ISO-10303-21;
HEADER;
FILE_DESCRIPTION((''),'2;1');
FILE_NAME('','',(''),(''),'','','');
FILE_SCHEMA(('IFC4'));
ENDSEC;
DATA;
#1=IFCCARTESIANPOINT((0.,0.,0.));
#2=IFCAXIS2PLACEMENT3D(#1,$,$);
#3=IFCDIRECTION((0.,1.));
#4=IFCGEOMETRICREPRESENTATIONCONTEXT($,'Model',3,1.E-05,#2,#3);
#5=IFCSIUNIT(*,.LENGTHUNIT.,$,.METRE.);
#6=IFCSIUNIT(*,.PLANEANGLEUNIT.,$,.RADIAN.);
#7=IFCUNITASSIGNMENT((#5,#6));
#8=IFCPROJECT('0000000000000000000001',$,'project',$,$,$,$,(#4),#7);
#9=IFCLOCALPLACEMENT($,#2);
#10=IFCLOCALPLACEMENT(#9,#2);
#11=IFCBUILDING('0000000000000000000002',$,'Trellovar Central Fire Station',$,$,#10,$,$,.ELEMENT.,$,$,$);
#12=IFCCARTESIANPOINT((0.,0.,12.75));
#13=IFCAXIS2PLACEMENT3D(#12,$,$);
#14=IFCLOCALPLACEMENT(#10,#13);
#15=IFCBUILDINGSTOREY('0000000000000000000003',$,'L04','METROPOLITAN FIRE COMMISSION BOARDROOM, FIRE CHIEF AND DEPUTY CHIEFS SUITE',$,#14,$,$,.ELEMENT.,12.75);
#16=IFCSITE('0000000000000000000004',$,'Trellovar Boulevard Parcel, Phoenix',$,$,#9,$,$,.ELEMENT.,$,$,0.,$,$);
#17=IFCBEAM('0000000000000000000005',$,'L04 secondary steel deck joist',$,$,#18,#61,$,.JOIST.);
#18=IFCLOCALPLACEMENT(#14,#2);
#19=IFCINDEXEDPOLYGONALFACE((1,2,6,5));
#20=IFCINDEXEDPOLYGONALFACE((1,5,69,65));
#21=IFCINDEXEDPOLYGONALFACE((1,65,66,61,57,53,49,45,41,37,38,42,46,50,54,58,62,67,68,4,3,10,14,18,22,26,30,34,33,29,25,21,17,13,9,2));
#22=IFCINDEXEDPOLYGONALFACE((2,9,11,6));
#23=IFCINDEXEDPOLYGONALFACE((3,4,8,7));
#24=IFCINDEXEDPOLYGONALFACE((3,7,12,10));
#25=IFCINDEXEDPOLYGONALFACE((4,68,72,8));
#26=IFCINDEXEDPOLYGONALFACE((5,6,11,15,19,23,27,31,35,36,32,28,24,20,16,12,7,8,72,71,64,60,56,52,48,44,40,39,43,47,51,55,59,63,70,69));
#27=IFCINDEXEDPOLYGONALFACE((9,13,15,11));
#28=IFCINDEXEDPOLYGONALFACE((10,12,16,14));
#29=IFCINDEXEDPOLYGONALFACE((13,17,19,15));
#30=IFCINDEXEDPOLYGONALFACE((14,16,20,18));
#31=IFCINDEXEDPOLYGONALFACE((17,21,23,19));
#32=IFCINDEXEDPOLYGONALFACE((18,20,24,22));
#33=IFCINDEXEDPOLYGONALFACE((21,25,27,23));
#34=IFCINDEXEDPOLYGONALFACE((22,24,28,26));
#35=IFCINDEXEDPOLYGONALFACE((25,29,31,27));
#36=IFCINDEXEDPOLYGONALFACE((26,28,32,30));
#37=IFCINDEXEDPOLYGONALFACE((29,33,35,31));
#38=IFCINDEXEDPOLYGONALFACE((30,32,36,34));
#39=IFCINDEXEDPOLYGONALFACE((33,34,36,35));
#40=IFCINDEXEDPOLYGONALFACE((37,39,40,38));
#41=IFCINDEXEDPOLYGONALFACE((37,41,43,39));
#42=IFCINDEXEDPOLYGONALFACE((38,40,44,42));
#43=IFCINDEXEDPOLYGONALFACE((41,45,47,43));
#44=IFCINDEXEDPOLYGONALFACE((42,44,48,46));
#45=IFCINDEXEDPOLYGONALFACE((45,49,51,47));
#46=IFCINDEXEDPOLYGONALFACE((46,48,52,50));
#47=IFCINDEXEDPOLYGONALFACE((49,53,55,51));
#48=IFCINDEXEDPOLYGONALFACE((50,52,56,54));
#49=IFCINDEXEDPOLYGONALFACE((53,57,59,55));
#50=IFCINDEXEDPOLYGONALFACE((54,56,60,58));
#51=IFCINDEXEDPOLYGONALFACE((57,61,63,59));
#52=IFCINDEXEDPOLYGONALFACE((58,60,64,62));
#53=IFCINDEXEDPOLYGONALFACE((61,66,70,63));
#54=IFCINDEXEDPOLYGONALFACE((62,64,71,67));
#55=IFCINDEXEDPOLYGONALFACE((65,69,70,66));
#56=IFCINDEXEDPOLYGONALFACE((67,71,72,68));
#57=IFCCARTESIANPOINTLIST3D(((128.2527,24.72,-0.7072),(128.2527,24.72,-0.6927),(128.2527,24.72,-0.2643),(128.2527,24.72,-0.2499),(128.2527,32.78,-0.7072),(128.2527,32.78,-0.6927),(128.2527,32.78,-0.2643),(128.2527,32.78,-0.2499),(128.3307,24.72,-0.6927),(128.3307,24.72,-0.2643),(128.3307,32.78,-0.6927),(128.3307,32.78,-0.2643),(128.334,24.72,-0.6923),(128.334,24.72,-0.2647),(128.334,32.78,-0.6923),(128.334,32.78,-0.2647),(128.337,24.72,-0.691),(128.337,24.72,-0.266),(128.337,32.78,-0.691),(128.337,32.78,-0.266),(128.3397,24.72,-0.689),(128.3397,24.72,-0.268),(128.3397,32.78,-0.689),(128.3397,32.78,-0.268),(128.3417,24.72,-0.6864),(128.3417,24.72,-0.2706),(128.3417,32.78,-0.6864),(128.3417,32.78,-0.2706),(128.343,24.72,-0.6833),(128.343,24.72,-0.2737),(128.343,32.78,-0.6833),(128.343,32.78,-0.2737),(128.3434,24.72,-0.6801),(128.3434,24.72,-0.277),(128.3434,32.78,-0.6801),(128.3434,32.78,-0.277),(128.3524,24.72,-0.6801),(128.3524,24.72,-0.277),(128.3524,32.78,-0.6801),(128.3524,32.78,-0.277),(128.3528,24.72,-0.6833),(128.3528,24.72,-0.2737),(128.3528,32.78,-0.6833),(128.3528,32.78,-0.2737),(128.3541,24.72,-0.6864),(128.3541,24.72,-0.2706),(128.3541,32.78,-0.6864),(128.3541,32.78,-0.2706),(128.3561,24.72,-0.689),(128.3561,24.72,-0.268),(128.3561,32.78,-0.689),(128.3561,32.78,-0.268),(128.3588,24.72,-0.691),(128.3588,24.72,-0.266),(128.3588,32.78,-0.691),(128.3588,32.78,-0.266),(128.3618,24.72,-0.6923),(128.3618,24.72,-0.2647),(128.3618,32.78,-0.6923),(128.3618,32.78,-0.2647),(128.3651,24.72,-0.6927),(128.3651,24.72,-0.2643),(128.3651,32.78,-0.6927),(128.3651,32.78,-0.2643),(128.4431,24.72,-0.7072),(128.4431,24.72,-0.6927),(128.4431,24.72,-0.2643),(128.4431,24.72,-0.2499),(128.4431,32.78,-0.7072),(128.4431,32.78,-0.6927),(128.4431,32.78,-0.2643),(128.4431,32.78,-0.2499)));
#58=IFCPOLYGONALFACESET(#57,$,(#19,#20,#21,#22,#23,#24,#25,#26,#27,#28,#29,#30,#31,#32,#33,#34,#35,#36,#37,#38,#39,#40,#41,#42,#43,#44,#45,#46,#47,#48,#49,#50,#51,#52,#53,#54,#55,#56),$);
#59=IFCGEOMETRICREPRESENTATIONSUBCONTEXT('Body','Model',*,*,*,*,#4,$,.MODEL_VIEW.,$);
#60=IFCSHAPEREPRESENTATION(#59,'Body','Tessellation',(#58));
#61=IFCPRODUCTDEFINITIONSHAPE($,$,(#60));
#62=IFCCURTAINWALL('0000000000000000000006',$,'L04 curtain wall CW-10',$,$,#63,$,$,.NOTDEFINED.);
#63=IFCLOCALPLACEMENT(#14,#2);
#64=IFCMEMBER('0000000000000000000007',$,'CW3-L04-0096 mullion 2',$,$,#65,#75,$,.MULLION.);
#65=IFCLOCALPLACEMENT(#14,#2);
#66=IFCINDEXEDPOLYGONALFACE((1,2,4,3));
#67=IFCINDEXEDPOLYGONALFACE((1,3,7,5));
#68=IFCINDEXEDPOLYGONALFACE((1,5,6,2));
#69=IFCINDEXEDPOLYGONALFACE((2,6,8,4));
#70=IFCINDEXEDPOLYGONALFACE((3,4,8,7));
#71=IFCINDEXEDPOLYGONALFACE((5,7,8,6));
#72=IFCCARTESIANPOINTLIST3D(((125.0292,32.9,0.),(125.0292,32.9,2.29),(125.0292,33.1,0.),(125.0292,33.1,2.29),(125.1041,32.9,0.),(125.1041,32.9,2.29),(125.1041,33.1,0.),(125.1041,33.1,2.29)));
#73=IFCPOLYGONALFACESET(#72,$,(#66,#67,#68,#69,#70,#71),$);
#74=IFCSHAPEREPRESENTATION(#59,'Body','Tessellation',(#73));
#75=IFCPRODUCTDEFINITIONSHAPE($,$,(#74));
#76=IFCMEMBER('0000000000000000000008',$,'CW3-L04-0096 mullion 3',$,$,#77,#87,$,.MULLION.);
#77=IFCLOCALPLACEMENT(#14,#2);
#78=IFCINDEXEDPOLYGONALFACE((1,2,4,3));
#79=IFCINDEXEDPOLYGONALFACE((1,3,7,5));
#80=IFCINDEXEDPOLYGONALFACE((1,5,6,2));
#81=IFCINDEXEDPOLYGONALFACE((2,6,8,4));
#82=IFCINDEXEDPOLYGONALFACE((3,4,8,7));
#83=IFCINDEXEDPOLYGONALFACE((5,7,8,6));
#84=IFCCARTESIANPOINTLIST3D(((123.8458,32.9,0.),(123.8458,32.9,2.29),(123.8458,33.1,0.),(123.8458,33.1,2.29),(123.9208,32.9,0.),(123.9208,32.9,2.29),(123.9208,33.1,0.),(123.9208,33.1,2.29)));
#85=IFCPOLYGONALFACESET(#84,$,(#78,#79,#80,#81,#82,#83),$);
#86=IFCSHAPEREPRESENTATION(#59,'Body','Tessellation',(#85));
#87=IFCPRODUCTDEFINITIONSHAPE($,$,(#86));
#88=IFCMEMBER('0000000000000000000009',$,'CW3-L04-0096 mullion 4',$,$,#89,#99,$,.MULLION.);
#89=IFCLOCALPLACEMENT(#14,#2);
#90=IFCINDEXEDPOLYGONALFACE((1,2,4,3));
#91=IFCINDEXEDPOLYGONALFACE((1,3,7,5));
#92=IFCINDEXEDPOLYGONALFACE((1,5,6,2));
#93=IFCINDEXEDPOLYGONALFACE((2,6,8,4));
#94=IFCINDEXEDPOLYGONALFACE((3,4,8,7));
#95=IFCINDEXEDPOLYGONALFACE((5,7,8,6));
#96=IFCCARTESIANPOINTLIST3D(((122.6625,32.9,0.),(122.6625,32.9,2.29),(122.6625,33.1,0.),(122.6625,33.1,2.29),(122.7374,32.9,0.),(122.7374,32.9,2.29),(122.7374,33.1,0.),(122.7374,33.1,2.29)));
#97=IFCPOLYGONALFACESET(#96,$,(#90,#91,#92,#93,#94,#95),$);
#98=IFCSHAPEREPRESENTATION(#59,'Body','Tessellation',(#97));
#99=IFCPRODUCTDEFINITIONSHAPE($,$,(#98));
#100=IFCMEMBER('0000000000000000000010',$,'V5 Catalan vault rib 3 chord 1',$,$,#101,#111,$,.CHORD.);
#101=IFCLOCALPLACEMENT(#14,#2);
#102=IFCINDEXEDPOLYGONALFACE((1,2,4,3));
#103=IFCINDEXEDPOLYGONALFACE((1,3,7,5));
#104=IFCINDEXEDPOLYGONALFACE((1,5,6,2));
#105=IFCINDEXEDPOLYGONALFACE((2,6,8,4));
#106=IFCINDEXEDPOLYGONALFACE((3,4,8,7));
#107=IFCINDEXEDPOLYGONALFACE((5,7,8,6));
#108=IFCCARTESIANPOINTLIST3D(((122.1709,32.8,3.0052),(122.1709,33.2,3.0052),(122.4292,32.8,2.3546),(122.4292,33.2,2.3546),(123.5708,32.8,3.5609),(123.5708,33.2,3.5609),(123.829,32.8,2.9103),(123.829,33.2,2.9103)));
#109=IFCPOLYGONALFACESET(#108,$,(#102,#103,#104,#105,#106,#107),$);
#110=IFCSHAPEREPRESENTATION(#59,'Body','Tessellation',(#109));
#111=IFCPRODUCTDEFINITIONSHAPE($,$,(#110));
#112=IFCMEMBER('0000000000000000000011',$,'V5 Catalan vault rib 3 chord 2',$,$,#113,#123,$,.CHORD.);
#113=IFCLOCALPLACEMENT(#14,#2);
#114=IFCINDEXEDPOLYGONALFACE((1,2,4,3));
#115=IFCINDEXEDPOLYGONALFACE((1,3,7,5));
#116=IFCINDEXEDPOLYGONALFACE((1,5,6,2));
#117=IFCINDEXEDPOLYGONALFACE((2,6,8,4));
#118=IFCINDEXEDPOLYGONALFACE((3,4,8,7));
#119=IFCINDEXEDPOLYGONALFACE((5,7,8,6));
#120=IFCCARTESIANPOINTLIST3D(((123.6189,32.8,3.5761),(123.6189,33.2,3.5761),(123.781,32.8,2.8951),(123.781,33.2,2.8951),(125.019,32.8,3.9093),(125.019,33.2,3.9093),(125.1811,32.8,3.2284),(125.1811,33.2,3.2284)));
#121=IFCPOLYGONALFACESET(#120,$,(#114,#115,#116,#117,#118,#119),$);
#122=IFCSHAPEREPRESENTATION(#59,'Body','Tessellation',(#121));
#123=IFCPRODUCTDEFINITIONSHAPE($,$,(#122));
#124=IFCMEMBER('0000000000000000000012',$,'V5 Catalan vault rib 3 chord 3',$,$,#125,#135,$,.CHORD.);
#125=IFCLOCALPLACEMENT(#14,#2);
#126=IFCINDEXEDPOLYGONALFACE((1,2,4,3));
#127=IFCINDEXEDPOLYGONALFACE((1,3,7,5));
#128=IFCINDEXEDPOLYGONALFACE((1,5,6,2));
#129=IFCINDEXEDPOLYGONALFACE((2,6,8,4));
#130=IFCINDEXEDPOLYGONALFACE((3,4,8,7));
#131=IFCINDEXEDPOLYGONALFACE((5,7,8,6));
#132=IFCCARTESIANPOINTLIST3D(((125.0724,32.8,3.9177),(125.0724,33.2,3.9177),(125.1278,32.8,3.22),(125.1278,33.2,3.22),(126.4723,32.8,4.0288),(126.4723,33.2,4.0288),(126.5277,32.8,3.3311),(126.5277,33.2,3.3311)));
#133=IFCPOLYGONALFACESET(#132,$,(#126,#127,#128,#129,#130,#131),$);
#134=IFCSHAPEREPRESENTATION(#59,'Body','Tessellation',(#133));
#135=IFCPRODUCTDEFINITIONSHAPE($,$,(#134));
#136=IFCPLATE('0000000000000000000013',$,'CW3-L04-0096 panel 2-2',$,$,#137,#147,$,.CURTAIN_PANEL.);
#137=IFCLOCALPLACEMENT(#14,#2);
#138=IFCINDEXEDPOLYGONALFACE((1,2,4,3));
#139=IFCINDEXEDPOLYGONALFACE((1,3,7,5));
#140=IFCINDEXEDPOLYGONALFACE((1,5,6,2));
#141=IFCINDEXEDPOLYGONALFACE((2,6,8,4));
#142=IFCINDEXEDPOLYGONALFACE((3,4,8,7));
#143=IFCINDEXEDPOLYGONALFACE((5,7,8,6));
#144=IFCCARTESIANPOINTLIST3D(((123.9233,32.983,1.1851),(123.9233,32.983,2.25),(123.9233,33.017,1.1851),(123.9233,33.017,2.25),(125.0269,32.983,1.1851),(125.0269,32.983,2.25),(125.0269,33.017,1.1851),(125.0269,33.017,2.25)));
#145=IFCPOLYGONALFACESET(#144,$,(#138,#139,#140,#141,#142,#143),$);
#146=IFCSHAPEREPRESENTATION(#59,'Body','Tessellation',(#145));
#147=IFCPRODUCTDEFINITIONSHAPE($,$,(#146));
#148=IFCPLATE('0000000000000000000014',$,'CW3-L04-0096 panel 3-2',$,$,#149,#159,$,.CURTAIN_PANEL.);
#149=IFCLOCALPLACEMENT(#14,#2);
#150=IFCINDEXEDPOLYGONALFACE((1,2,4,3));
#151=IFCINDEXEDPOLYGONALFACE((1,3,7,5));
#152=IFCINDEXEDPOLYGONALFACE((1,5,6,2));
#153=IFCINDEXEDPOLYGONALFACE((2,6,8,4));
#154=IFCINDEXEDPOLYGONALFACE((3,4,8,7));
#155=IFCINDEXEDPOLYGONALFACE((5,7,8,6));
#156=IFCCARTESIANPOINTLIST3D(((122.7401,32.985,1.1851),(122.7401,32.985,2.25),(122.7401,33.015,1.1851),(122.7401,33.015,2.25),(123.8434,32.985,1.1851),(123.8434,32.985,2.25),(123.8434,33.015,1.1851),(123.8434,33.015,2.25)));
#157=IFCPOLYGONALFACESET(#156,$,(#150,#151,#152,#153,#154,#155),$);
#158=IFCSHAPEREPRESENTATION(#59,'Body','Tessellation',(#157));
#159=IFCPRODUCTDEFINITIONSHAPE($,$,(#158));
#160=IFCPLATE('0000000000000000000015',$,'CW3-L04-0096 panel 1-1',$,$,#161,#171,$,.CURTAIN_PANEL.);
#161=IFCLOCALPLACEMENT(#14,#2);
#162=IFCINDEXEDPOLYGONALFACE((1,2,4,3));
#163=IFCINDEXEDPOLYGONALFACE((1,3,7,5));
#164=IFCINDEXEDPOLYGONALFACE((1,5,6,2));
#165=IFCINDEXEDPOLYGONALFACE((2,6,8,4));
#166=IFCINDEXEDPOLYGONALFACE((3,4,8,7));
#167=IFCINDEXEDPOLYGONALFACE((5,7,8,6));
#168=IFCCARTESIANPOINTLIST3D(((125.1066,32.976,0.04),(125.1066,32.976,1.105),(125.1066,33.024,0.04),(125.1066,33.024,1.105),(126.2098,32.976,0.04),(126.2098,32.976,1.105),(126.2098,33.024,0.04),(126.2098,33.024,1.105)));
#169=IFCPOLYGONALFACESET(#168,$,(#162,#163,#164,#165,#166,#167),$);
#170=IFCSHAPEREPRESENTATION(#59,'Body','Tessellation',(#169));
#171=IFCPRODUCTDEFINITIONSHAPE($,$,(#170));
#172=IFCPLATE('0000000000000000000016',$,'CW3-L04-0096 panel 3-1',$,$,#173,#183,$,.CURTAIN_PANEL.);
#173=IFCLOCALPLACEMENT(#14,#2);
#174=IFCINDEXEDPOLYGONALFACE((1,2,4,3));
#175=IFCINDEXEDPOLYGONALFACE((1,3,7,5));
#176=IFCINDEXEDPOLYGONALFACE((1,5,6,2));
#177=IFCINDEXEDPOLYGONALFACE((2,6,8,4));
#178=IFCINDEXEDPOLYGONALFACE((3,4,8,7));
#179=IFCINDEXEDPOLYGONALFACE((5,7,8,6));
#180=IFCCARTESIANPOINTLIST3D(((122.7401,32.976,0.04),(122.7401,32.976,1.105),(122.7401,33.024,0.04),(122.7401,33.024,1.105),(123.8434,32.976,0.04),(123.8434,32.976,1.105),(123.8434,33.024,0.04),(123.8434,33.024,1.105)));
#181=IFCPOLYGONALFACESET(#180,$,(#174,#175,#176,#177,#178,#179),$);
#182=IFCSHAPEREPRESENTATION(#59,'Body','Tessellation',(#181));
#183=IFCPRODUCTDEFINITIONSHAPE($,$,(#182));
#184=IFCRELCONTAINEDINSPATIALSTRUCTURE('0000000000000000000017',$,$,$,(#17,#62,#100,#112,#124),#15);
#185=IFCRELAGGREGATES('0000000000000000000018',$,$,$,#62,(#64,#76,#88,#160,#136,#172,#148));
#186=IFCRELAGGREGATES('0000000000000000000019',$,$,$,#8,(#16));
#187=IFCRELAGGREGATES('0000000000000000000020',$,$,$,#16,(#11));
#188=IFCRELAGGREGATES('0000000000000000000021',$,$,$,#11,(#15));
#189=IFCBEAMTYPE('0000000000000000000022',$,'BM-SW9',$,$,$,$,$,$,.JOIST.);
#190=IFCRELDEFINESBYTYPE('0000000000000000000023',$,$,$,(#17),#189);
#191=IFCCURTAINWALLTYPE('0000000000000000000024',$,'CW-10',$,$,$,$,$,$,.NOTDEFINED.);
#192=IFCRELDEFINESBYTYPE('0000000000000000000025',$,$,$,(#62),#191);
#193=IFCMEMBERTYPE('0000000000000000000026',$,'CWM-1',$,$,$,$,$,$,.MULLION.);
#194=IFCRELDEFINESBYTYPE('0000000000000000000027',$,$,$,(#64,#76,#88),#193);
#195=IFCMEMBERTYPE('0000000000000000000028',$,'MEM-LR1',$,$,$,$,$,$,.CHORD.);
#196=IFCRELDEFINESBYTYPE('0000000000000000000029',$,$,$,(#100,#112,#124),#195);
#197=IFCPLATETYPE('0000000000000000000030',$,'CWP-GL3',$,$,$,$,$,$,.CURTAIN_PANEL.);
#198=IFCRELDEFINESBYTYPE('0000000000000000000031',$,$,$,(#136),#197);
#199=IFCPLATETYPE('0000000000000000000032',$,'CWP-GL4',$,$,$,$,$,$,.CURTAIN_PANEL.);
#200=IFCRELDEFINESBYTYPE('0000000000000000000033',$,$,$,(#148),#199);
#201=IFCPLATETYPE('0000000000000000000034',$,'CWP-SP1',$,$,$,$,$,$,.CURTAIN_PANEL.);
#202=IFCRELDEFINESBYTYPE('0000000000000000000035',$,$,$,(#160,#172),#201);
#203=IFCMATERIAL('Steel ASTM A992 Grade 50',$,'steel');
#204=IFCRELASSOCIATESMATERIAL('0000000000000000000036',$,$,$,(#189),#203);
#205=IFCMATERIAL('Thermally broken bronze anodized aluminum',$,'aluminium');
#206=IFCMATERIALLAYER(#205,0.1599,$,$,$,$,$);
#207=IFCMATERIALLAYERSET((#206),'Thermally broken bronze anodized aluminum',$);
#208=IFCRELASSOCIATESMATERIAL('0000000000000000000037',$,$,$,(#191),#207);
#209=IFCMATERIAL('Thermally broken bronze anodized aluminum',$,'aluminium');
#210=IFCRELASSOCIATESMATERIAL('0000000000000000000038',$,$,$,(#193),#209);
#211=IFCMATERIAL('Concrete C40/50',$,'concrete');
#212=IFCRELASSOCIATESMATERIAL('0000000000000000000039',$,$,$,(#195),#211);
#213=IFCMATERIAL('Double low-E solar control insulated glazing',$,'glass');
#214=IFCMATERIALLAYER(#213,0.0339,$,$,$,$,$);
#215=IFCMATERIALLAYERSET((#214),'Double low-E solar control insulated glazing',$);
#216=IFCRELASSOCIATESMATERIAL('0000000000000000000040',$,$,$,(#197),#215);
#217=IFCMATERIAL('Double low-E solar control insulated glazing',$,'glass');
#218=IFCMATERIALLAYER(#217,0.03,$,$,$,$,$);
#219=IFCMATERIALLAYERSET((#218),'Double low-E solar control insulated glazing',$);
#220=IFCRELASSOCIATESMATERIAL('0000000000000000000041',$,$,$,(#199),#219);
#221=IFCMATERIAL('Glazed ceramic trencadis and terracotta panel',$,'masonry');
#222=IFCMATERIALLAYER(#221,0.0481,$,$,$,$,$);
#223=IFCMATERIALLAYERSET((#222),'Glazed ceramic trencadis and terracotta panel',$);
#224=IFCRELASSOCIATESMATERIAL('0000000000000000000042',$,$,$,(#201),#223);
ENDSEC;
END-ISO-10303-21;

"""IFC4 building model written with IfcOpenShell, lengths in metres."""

from ifc_helpers import new_model, si_unit, direction, frame, origin, origin_2d, place, context, subcontext, project, spatial, rectangle, i_section, extrude, material, layer, layer_set, material_profile, profile_set, type_object, element, aggregate, save


model = new_model("IFC4")

# Units and contexts
model_context = context("Model", 3, precision=1e-05, world=origin(), true_north=direction((0.0, 1.0)))
body_context = subcontext(model_context, "Body", "Model", "MODEL_VIEW")
ifc_project = project(units=[si_unit("LENGTHUNIT", "METRE"), si_unit("PLANEANGLEUNIT", "RADIAN")], contexts=[model_context])

# Site, building, storey
site_placement = place(None, origin())
site = spatial("IfcSite", under=ifc_project, at=site_placement, Name="Trellovar Boulevard Parcel, Phoenix", CompositionType="ELEMENT", RefElevation=0.0)
building_placement = place(site_placement, origin())
building = spatial("IfcBuilding", under=site, at=building_placement, Name="Trellovar Central Fire Station", CompositionType="ELEMENT")
storey_placement = place(building_placement, frame((0.0, 0.0, 12.75)))
storey = spatial("IfcBuildingStorey", under=building, at=storey_placement, Name="L04", Description="METROPOLITAN FIRE COMMISSION BOARDROOM, FIRE CHIEF AND DEPUTY CHIEFS SUITE", CompositionType="ELEMENT", Elevation=12.75)

# Beam
ifc_material_1 = material(Name="Steel ASTM A992 Grade 50", Category="steel")
ifc_material_profile_1 = material_profile(ifc_material_1, i_section(OverallWidth=0.1904, OverallDepth=0.4573, WebThickness=0.009, FlangeThickness=0.0144, FilletRadius=0.0127, at=origin_2d()), Name="W18X50")
ifc_profile_set_1 = profile_set([ifc_material_profile_1], Name="Steel ASTM A992 Grade 50")
beam_type_1 = type_object("IfcBeamType", Name="BM-SW9", PredefinedType="JOIST", material=ifc_profile_set_1)
beam_1_placement = place(storey_placement, frame((128.3479, 24.72, -0.4785), z_axis=(0.0, 1.0, 0.0), x_axis=(-1.0, 0.0, 0.0)))
element("IfcBeam", 1, at=beam_1_placement, inside=storey, type_object=beam_type_1, Name="L04 secondary steel deck joist", PredefinedType="JOIST", context=body_context, shape_type="SweptSolid", body=[
    extrude(i_section(OverallWidth=0.1904, OverallDepth=0.4573, WebThickness=0.009, FlangeThickness=0.0144, FilletRadius=0.0127, at=origin_2d()), origin(), (0.0, 0.0, 1.0), 8.0601),
])

# Curtain wall, members
ifc_material_2 = material(Name="Thermally broken bronze anodized aluminum", Category="aluminium")
ifc_layer_1 = layer(ifc_material_2, 0.1599)
ifc_layer_set_1 = layer_set([ifc_layer_1], Name="Thermally broken bronze anodized aluminum")
curtain_wall_type = type_object("IfcCurtainWallType", Name="CW-10", PredefinedType="NOTDEFINED", material=ifc_layer_set_1)
curtain_wall_placement = place(storey_placement, origin())
curtain_wall = element("IfcCurtainWall", 2, at=curtain_wall_placement, inside=storey, type_object=curtain_wall_type, Name="L04 curtain wall CW-10", PredefinedType="NOTDEFINED")
ifc_material_3 = material(Name="Thermally broken bronze anodized aluminum", Category="aluminium")
ifc_material_profile_2 = material_profile(ifc_material_3, rectangle(XDim=0.075, YDim=0.2, at=origin_2d()), Name="ALU75X200")
ifc_profile_set_2 = profile_set([ifc_material_profile_2], Name="Thermally broken bronze anodized aluminum")
member_type_1 = type_object("IfcMemberType", Name="CWM-1", PredefinedType="MULLION", material=ifc_profile_set_2)
member_1_placement = place(storey_placement, frame((125.0667, 33.0, 0.0), z_axis=(0.0, 0.0, 1.0), x_axis=(1.0, 0.0, 0.0)))
member_1 = element("IfcMember", 3, at=member_1_placement, type_object=member_type_1, Name="CW3-L04-0096 mullion 2", PredefinedType="MULLION", context=body_context, shape_type="SweptSolid", body=[
    extrude(rectangle(XDim=0.075, YDim=0.2, at=origin_2d()), origin(), (0.0, 0.0, 1.0), 2.29),
])
member_2_placement = place(storey_placement, frame((123.8833, 33.0, 0.0), z_axis=(0.0, 0.0, 1.0), x_axis=(1.0, 0.0, 0.0)))
member_2 = element("IfcMember", 4, at=member_2_placement, type_object=member_type_1, Name="CW3-L04-0096 mullion 3", PredefinedType="MULLION", context=body_context, shape_type="SweptSolid", body=[
    extrude(rectangle(XDim=0.075, YDim=0.2, at=origin_2d()), origin(), (0.0, 0.0, 1.0), 2.29),
])
member_3_placement = place(storey_placement, frame((122.7, 33.0, 0.0), z_axis=(0.0, 0.0, 1.0), x_axis=(1.0, 0.0, 0.0)))
member_3 = element("IfcMember", 5, at=member_3_placement, type_object=member_type_1, Name="CW3-L04-0096 mullion 4", PredefinedType="MULLION", context=body_context, shape_type="SweptSolid", body=[
    extrude(rectangle(XDim=0.075, YDim=0.2, at=origin_2d()), origin(), (0.0, 0.0, 1.0), 2.29),
])

# Members
ifc_material_4 = material(Name="Concrete C40/50", Category="concrete")
ifc_material_profile_3 = material_profile(ifc_material_4, rectangle(XDim=0.3999, YDim=0.7, at=origin_2d()), Name="RC400X700")
ifc_profile_set_3 = profile_set([ifc_material_profile_3], Name="Concrete C40/50")
member_type_2 = type_object("IfcMemberType", Name="MEM-LR1", PredefinedType="CHORD", material=ifc_profile_set_3)
member_4_placement = place(storey_placement, frame((122.3, 33.0, 2.6799), z_axis=(0.929457, 0.0, 0.36893), x_axis=(0.0, 1.0, 0.0)))
element("IfcMember", 6, at=member_4_placement, inside=storey, type_object=member_type_2, Name="V5 Catalan vault rib 3 chord 1", PredefinedType="CHORD", context=body_context, shape_type="SweptSolid", body=[
    extrude(rectangle(XDim=0.3999, YDim=0.7, at=origin_2d()), origin(), (0.0, 0.0, 1.0), 1.5061),
])
member_5_placement = place(storey_placement, frame((123.7, 33.0, 3.2356), z_axis=(0.972824, 0.0, 0.231544), x_axis=(0.0, 1.0, 0.0)))
element("IfcMember", 7, at=member_5_placement, inside=storey, type_object=member_type_2, Name="V5 Catalan vault rib 3 chord 2", PredefinedType="CHORD", context=body_context, shape_type="SweptSolid", body=[
    extrude(rectangle(XDim=0.3999, YDim=0.7, at=origin_2d()), origin(), (0.0, 0.0, 1.0), 1.4392),
])
member_6_placement = place(storey_placement, frame((125.1001, 33.0, 3.5688), z_axis=(0.996866, 0.0, 0.079103), x_axis=(0.0, 1.0, 0.0)))
element("IfcMember", 8, at=member_6_placement, inside=storey, type_object=member_type_2, Name="V5 Catalan vault rib 3 chord 3", PredefinedType="CHORD", context=body_context, shape_type="SweptSolid", body=[
    extrude(rectangle(XDim=0.3999, YDim=0.7, at=origin_2d()), origin(), (0.0, 0.0, 1.0), 1.4043),
])

# Plates
ifc_material_5 = material(Name="Double low-E solar control insulated glazing", Category="glass")
ifc_layer_2 = layer(ifc_material_5, 0.0339)
ifc_layer_set_2 = layer_set([ifc_layer_2], Name="Double low-E solar control insulated glazing")
plate_type_1 = type_object("IfcPlateType", Name="CWP-GL3", PredefinedType="CURTAIN_PANEL", material=ifc_layer_set_2)
plate_1_placement = place(storey_placement, frame((124.4751, 33.0, 1.1851), z_axis=(0.0, 0.0, 1.0), x_axis=(-1.0, 0.0, 0.0)))
plate_1 = element("IfcPlate", 9, at=plate_1_placement, type_object=plate_type_1, Name="CW3-L04-0096 panel 2-2", PredefinedType="CURTAIN_PANEL", context=body_context, shape_type="SweptSolid", body=[
    extrude(rectangle(XDim=1.1035, YDim=0.0339, at=origin_2d()), origin(), (0.0, 0.0, 1.0), 1.0649),
])
ifc_material_6 = material(Name="Double low-E solar control insulated glazing", Category="glass")
ifc_layer_3 = layer(ifc_material_6, 0.03)
ifc_layer_set_3 = layer_set([ifc_layer_3], Name="Double low-E solar control insulated glazing")
plate_type_2 = type_object("IfcPlateType", Name="CWP-GL4", PredefinedType="CURTAIN_PANEL", material=ifc_layer_set_3)
plate_2_placement = place(storey_placement, frame((123.2917, 33.0, 1.1851), z_axis=(0.0, 0.0, 1.0), x_axis=(-1.0, 0.0, 0.0)))
plate_2 = element("IfcPlate", 10, at=plate_2_placement, type_object=plate_type_2, Name="CW3-L04-0096 panel 3-2", PredefinedType="CURTAIN_PANEL", context=body_context, shape_type="SweptSolid", body=[
    extrude(rectangle(XDim=1.1033, YDim=0.03, at=origin_2d()), origin(), (0.0, 0.0, 1.0), 1.0649),
])
ifc_material_7 = material(Name="Glazed ceramic trencadis and terracotta panel", Category="masonry")
ifc_layer_4 = layer(ifc_material_7, 0.0481)
ifc_layer_set_4 = layer_set([ifc_layer_4], Name="Glazed ceramic trencadis and terracotta panel")
plate_type_3 = type_object("IfcPlateType", Name="CWP-SP1", PredefinedType="CURTAIN_PANEL", material=ifc_layer_set_4)
plate_3_placement = place(storey_placement, frame((125.6582, 33.0, 0.04), z_axis=(0.0, 0.0, 1.0), x_axis=(-1.0, 0.0, 0.0)))
plate_3 = element("IfcPlate", 11, at=plate_3_placement, type_object=plate_type_3, Name="CW3-L04-0096 panel 1-1", PredefinedType="CURTAIN_PANEL", context=body_context, shape_type="SweptSolid", body=[
    extrude(rectangle(XDim=1.1033, YDim=0.0481, at=origin_2d()), origin(), (0.0, 0.0, 1.0), 1.0649),
])
plate_4_placement = place(storey_placement, frame((123.2917, 33.0, 0.04), z_axis=(0.0, 0.0, 1.0), x_axis=(-1.0, 0.0, 0.0)))
plate_4 = element("IfcPlate", 12, at=plate_4_placement, type_object=plate_type_3, Name="CW3-L04-0096 panel 3-1", PredefinedType="CURTAIN_PANEL", context=body_context, shape_type="SweptSolid", body=[
    extrude(rectangle(XDim=1.1033, YDim=0.0481, at=origin_2d()), origin(), (0.0, 0.0, 1.0), 1.0649),
])
aggregate(curtain_wall, [member_1, member_2, member_3, plate_3, plate_1, plate_4, plate_2])

save(model, "model.ifc")
